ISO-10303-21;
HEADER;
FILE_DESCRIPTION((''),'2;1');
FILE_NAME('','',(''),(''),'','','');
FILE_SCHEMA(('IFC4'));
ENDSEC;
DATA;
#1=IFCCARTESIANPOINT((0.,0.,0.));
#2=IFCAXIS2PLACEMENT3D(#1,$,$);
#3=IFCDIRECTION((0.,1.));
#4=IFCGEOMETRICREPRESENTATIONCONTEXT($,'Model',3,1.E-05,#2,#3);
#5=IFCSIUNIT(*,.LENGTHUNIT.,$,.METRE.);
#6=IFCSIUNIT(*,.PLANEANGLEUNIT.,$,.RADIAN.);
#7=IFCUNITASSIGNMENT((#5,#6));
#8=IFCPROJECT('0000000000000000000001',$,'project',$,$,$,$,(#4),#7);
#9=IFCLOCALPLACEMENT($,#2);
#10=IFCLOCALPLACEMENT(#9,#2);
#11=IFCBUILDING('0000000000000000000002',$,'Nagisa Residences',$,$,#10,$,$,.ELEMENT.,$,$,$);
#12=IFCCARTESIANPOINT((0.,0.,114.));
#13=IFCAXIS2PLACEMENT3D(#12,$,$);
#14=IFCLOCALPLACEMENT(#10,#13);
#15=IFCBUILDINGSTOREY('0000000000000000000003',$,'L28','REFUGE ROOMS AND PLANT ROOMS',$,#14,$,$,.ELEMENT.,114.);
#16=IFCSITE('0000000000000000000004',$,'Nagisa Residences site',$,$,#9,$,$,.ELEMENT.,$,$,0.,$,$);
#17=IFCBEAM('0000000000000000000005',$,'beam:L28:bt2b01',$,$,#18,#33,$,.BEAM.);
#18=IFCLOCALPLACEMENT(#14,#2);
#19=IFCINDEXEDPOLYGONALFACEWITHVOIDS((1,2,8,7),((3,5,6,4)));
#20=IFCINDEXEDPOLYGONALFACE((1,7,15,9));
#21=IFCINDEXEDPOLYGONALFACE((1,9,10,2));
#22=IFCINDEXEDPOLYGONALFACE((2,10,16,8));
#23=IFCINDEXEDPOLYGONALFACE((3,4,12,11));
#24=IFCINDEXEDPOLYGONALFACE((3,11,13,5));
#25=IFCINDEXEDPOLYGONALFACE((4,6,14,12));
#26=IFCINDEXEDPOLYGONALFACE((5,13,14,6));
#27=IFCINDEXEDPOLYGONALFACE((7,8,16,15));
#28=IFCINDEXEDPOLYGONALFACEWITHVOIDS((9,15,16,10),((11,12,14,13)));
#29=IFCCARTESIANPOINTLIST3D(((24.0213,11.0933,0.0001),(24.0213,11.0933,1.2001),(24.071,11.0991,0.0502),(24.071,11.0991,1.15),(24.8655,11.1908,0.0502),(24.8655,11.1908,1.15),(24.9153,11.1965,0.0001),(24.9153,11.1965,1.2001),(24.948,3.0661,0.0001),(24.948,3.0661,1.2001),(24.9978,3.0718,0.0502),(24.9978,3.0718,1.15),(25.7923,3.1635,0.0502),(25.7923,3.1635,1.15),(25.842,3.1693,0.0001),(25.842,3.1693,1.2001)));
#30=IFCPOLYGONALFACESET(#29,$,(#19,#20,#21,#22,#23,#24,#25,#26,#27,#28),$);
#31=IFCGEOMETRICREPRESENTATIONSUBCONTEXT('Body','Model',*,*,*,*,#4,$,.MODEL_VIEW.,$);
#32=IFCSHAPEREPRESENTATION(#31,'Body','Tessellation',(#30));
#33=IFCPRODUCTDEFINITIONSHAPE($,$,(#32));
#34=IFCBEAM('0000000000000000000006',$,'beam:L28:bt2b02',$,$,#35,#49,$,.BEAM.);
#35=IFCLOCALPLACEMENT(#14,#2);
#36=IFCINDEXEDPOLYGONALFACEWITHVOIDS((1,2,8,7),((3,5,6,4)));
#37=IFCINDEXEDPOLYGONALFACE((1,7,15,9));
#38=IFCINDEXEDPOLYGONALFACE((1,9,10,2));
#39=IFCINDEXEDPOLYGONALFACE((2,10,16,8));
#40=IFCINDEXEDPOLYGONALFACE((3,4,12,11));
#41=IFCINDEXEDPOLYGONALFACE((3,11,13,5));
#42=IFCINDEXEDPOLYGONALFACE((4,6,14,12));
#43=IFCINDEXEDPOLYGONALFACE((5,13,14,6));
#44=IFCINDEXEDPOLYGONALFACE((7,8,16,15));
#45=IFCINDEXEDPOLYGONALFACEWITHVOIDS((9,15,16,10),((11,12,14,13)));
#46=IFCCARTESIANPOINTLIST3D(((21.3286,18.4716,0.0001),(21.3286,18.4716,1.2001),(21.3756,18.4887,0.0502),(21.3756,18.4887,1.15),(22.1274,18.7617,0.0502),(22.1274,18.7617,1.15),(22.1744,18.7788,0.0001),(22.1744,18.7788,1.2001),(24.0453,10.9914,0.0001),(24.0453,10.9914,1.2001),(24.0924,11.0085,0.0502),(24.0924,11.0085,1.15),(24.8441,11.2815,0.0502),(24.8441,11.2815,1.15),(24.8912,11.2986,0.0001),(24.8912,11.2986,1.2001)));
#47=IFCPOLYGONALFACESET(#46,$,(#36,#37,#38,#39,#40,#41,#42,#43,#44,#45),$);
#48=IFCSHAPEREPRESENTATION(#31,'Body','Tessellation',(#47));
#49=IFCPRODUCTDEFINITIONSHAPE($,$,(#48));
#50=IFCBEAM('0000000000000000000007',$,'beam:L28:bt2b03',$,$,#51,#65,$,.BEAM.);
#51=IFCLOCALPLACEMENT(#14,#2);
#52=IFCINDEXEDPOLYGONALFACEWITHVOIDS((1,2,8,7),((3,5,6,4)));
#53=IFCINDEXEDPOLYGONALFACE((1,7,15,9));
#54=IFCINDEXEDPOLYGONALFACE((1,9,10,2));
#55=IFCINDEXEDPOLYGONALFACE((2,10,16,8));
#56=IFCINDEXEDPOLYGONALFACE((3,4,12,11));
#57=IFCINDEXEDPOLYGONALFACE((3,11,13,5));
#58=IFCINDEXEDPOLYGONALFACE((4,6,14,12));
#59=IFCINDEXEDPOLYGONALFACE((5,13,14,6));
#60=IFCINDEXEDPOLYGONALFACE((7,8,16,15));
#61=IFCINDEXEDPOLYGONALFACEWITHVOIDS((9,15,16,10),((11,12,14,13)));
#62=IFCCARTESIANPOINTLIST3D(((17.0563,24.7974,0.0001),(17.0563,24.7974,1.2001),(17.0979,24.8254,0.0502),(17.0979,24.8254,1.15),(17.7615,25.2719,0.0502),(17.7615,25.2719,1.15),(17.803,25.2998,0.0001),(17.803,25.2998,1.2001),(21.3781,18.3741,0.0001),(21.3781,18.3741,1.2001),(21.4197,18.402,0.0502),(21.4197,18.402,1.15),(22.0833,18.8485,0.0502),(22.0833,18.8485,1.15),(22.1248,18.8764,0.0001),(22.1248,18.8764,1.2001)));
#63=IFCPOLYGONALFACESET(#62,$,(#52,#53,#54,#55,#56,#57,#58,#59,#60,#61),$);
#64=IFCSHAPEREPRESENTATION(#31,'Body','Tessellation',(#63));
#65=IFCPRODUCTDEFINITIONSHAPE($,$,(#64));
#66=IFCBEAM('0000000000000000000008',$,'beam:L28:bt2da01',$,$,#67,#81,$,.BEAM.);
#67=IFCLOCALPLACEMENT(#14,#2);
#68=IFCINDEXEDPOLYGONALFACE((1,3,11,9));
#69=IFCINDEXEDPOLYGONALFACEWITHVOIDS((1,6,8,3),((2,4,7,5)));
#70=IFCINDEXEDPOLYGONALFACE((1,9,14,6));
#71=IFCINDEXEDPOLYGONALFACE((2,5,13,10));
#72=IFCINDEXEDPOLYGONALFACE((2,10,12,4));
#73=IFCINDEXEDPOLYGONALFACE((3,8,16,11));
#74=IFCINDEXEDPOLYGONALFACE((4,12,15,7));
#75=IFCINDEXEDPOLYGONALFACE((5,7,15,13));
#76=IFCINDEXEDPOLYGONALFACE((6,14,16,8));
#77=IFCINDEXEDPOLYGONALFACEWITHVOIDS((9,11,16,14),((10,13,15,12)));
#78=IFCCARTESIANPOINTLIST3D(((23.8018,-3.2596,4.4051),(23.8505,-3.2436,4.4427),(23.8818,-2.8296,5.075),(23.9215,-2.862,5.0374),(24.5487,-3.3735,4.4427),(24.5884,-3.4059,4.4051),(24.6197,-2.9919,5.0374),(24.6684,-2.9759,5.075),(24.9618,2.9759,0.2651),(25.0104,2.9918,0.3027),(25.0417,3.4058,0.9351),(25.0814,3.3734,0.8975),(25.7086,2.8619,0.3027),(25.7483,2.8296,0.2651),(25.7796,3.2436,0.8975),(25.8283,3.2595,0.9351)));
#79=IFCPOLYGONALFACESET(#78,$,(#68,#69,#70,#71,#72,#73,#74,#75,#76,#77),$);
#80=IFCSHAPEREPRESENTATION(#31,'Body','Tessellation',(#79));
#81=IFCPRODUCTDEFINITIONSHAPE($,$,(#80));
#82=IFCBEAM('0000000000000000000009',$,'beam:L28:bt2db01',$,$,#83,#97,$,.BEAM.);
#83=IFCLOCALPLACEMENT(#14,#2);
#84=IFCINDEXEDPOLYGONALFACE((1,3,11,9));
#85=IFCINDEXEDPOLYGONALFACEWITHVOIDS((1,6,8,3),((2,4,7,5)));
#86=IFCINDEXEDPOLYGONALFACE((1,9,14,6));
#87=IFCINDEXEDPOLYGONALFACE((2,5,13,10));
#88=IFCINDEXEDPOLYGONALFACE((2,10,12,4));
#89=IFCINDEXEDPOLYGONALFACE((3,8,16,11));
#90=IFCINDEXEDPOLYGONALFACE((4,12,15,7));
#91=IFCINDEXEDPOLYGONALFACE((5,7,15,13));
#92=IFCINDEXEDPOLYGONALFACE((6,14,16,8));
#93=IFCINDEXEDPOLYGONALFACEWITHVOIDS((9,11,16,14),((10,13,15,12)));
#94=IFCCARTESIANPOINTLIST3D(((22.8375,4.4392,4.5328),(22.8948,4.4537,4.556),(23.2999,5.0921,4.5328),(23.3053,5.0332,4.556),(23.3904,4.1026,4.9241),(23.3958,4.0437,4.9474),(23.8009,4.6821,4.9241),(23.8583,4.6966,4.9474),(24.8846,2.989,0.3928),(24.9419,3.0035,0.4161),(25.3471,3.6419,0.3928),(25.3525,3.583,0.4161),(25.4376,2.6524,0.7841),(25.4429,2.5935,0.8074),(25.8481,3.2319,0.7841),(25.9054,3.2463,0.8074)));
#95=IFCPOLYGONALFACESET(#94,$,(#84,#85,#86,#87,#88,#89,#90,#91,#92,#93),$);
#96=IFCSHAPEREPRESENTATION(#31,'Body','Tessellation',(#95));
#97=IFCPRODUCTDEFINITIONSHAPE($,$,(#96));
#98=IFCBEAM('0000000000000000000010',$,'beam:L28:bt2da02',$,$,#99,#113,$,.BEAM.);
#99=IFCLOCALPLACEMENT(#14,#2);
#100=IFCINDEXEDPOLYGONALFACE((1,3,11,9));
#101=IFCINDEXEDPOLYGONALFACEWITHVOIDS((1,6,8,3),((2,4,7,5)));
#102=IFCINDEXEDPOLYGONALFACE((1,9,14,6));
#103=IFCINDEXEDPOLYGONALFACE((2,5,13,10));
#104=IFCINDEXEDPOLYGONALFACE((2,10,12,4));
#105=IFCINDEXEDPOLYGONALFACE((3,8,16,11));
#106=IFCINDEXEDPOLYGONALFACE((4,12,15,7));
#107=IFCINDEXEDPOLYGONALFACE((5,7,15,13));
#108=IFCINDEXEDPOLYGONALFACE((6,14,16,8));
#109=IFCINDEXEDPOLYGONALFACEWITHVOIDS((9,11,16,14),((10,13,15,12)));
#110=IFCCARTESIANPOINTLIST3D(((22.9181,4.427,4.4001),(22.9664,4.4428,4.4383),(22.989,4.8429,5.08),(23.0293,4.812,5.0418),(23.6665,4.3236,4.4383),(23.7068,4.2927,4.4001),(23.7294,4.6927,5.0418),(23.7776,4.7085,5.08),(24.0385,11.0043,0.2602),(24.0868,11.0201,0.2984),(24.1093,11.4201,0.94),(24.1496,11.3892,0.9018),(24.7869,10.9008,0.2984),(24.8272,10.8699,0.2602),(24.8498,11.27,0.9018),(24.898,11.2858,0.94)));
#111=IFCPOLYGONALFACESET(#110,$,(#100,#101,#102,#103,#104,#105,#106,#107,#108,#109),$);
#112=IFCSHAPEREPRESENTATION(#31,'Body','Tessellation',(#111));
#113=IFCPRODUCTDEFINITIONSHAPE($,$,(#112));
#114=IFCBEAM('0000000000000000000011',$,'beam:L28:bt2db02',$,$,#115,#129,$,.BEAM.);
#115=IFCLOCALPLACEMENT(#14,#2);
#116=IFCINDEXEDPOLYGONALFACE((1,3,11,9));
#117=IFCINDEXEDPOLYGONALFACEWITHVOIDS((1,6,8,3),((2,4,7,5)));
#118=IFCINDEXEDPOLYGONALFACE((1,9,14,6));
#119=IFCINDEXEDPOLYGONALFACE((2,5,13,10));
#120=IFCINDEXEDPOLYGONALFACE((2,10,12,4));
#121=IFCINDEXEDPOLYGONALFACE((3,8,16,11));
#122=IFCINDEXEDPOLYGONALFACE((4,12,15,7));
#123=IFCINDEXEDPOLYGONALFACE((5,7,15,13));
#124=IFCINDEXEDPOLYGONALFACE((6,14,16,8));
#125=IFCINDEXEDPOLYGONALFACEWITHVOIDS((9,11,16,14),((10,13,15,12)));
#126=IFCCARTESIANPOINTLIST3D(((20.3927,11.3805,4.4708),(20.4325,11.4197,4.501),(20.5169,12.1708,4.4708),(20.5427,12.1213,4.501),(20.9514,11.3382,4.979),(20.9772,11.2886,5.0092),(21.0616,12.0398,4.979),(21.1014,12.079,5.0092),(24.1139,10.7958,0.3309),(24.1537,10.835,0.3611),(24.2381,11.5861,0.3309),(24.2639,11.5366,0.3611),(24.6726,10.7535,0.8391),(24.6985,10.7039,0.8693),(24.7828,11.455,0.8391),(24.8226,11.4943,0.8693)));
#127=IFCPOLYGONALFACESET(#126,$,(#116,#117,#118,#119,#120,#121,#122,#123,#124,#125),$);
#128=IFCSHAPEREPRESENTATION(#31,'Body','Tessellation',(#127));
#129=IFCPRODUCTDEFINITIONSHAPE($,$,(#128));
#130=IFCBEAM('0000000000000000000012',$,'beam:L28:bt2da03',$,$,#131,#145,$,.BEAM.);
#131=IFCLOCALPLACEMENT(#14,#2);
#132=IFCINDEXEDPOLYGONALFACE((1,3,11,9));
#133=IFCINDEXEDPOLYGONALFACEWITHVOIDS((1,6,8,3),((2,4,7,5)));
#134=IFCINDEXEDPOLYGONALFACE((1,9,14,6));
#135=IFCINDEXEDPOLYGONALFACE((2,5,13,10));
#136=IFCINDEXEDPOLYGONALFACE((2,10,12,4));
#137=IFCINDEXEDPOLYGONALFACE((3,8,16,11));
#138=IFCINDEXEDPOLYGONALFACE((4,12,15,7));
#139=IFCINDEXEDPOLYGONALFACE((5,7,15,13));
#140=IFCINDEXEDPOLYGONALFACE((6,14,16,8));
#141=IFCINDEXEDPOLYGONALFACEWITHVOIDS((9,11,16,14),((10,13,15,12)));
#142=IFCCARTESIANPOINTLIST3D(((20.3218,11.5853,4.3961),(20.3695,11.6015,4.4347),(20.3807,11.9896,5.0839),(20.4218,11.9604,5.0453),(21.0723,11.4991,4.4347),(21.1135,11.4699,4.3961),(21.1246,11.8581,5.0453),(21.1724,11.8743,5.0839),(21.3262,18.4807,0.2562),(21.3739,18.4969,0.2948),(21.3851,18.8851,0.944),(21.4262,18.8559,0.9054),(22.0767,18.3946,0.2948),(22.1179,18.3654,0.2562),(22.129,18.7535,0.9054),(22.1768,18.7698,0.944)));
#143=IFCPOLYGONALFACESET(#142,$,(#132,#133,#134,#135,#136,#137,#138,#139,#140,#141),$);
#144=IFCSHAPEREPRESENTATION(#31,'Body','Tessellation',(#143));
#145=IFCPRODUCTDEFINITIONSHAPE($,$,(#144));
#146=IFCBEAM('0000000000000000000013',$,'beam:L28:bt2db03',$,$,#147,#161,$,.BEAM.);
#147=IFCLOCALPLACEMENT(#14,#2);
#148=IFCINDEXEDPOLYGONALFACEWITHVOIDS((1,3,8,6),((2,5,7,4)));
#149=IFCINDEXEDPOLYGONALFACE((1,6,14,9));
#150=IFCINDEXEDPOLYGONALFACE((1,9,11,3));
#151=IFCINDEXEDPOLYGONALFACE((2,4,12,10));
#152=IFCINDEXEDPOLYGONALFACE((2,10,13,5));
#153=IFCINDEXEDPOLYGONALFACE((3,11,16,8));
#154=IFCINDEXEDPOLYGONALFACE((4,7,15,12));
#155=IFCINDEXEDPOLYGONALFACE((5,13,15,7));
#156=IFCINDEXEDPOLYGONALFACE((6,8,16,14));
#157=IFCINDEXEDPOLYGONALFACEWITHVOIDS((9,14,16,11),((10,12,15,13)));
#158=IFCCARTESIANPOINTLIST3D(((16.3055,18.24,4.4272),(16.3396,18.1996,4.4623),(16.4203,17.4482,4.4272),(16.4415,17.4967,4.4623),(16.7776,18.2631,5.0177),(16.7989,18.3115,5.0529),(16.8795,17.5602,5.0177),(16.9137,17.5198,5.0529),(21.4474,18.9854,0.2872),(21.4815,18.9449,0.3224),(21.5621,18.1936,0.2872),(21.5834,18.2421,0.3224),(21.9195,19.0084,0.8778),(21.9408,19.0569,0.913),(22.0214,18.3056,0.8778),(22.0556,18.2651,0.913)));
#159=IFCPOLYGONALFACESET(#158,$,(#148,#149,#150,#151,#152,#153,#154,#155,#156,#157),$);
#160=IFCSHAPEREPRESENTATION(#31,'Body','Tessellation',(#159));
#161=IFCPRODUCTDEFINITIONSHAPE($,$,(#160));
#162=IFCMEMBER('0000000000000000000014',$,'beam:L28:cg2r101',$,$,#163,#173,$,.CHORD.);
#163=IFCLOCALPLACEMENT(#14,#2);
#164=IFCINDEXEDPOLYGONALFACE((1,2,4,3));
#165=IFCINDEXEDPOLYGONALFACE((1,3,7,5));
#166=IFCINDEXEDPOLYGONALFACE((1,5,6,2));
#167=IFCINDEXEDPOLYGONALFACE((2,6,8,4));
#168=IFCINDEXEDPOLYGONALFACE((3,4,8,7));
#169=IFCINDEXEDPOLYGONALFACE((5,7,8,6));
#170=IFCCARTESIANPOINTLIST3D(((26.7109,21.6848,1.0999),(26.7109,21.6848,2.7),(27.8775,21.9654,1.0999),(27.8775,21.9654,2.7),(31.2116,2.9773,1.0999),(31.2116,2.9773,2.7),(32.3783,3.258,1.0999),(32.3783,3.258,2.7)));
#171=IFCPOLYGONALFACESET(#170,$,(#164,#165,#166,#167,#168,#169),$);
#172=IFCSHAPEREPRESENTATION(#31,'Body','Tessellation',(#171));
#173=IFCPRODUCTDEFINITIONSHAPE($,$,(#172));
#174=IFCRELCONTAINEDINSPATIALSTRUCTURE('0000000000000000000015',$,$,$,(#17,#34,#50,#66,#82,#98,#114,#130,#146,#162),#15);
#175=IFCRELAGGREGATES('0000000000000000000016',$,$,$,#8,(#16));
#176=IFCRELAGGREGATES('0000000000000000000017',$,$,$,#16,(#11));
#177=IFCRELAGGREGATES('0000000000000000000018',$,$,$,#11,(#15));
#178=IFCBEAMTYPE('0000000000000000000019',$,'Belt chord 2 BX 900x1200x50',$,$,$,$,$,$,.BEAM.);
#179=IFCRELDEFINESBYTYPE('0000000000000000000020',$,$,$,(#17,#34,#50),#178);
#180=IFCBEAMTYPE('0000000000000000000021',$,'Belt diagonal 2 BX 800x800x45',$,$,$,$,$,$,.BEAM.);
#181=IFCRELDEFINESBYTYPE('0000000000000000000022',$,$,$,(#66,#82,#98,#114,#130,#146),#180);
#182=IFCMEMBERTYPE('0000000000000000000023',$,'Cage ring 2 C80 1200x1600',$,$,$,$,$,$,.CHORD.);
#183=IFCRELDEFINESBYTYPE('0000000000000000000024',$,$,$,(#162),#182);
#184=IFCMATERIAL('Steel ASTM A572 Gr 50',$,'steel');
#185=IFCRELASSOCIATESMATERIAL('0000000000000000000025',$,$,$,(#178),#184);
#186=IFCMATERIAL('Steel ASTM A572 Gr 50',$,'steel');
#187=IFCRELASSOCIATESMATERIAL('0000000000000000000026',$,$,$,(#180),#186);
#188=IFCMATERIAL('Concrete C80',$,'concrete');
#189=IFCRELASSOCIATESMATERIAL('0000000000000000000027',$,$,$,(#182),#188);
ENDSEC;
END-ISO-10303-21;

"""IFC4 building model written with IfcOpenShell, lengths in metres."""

from ifc_helpers import new_model, si_unit, direction, frame, origin, origin_2d, place, context, subcontext, project, spatial, rectangle, hollow_rectangle, extrude, material, material_profile, profile_set, type_object, element, save


model = new_model("IFC4")

# Units and contexts
model_context = context("Model", 3, precision=1e-05, world=origin(), true_north=direction((0.0, 1.0)))
body_context = subcontext(model_context, "Body", "Model", "MODEL_VIEW")
ifc_project = project(units=[si_unit("LENGTHUNIT", "METRE"), si_unit("PLANEANGLEUNIT", "RADIAN")], contexts=[model_context])

# Site, building, storey
site_placement = place(None, origin())
site = spatial("IfcSite", under=ifc_project, at=site_placement, Name="Nagisa Residences site", CompositionType="ELEMENT", RefElevation=0.0)
building_placement = place(site_placement, origin())
building = spatial("IfcBuilding", under=site, at=building_placement, Name="Nagisa Residences", CompositionType="ELEMENT")
storey_placement = place(building_placement, frame((0.0, 0.0, 114.0)))
storey = spatial("IfcBuildingStorey", under=building, at=storey_placement, Name="L28", Description="REFUGE ROOMS AND PLANT ROOMS", CompositionType="ELEMENT", Elevation=114.0)

# Beams
ifc_material_1 = material(Name="Steel ASTM A572 Gr 50", Category="steel")
ifc_material_profile_1 = material_profile(ifc_material_1, hollow_rectangle(XDim=0.8999, YDim=1.2, WallThickness=0.05, at=origin_2d()), Name="BX 900x1200x50")
ifc_profile_set_1 = profile_set([ifc_material_profile_1], Name="Steel ASTM A572 Gr 50")
beam_type_1 = type_object("IfcBeamType", Name="Belt chord 2 BX 900x1200x50", PredefinedType="BEAM", material=ifc_profile_set_1)
beam_1_placement = place(storey_placement, frame((25.395, 3.1177, 0.6001), z_axis=(-0.114688, 0.993402, 0.0), x_axis=(-0.993402, -0.114688, 0.0)))
element("IfcBeam", 1, at=beam_1_placement, inside=storey, type_object=beam_type_1, Name="beam:L28:bt2b01", PredefinedType="BEAM", context=body_context, shape_type="SweptSolid", body=[
    extrude(hollow_rectangle(XDim=0.8999, YDim=1.2, WallThickness=0.05, at=origin_2d()), origin(), (0.0, 0.0, 1.0), 8.0806),
])
beam_2_placement = place(storey_placement, frame((24.4683, 11.145, 0.6001), z_axis=(-0.341378, 0.939926, 0.0), x_axis=(-0.939926, -0.341378, 0.0)))
element("IfcBeam", 2, at=beam_2_placement, inside=storey, type_object=beam_type_1, Name="beam:L28:bt2b02", PredefinedType="BEAM", context=body_context, shape_type="SweptSolid", body=[
    extrude(hollow_rectangle(XDim=0.8999, YDim=1.2, WallThickness=0.05, at=origin_2d()), origin(), (0.0, 0.0, 1.0), 7.9583),
])
beam_3_placement = place(storey_placement, frame((21.7515, 18.6252, 0.6001), z_axis=(-0.558232, 0.829685, 0.0), x_axis=(-0.829685, -0.558232, 0.0)))
element("IfcBeam", 3, at=beam_3_placement, inside=storey, type_object=beam_type_1, Name="beam:L28:bt2b03", PredefinedType="BEAM", context=body_context, shape_type="SweptSolid", body=[
    extrude(hollow_rectangle(XDim=0.8999, YDim=1.2, WallThickness=0.05, at=origin_2d()), origin(), (0.0, 0.0, 1.0), 7.7419),
])
ifc_material_2 = material(Name="Steel ASTM A572 Gr 50", Category="steel")
ifc_material_profile_2 = material_profile(ifc_material_2, hollow_rectangle(XDim=0.8, YDim=0.8, WallThickness=0.0449, at=origin_2d()), Name="BX 800x800x45")
ifc_profile_set_2 = profile_set([ifc_material_profile_2], Name="Steel ASTM A572 Gr 50")
beam_type_2 = type_object("IfcBeamType", Name="Belt diagonal 2 BX 800x800x45", PredefinedType="BEAM", material=ifc_profile_set_2)
beam_4_placement = place(storey_placement, frame((25.395, 3.1177, 0.6001), z_axis=(-0.153146, -0.82327, 0.546601), x_axis=(0.983134, -0.182885, 0.0)))
element("IfcBeam", 4, at=beam_4_placement, inside=storey, type_object=beam_type_2, Name="beam:L28:bt2da01", PredefinedType="BEAM", context=body_context, shape_type="SweptSolid", body=[
    extrude(hollow_rectangle(XDim=0.8, YDim=0.8, WallThickness=0.0449, at=origin_2d()), origin(), (0.0, 0.0, 1.0), 7.574),
])
beam_5_placement = place(storey_placement, frame((25.395, 3.1177, 0.6001), z_axis=(-0.422896, 0.299583, 0.855224), x_axis=(-0.578058, -0.815996, 0.0)))
element("IfcBeam", 5, at=beam_5_placement, inside=storey, type_object=beam_type_2, Name="beam:L28:bt2db01", PredefinedType="BEAM", context=body_context, shape_type="SweptSolid", body=[
    extrude(hollow_rectangle(XDim=0.8, YDim=0.8, WallThickness=0.0449, at=origin_2d()), origin(), (0.0, 0.0, 1.0), 4.8408),
])
beam_6_placement = place(storey_placement, frame((24.4683, 11.145, 0.6001), z_axis=(-0.142686, -0.837647, 0.527245), x_axis=(0.9858, -0.167923, 0.0)))
element("IfcBeam", 6, at=beam_6_placement, inside=storey, type_object=beam_type_2, Name="beam:L28:bt2da02", PredefinedType="BEAM", context=body_context, shape_type="SweptSolid", body=[
    extrude(hollow_rectangle(XDim=0.8, YDim=0.8, WallThickness=0.0449, at=origin_2d()), origin(), (0.0, 0.0, 1.0), 7.8521),
])
beam_7_placement = place(storey_placement, frame((24.4683, 11.145, 0.6001), z_axis=(-0.664839, 0.104467, 0.739646), x_axis=(-0.155227, -0.987879, 0.0)))
element("IfcBeam", 7, at=beam_7_placement, inside=storey, type_object=beam_type_2, Name="beam:L28:bt2db02", PredefinedType="BEAM", context=body_context, shape_type="SweptSolid", body=[
    extrude(hollow_rectangle(XDim=0.8, YDim=0.8, WallThickness=0.0449, at=origin_2d()), origin(), (0.0, 0.0, 1.0), 5.5972),
])
beam_8_placement = place(storey_placement, frame((21.7515, 18.6252, 0.6001), z_axis=(-0.123919, -0.850743, 0.510765), x_axis=(0.989558, -0.144138, 0.0)))
element("IfcBeam", 8, at=beam_8_placement, inside=storey, type_object=beam_type_2, Name="beam:L28:bt2da03", PredefinedType="BEAM", context=body_context, shape_type="SweptSolid", body=[
    extrude(hollow_rectangle(XDim=0.8, YDim=0.8, WallThickness=0.0449, at=origin_2d()), origin(), (0.0, 0.0, 1.0), 8.1052),
])
beam_9_placement = place(storey_placement, frame((21.7515, 18.6252, 0.6001), z_axis=(-0.773995, -0.112198, 0.623172), x_axis=(0.14346, -0.989656, 0.0)))
element("IfcBeam", 9, at=beam_9_placement, inside=storey, type_object=beam_type_2, Name="beam:L28:bt2db03", PredefinedType="BEAM", context=body_context, shape_type="SweptSolid", body=[
    extrude(hollow_rectangle(XDim=0.8, YDim=0.8, WallThickness=0.0449, at=origin_2d()), origin(), (0.0, 0.0, 1.0), 6.6433),
])

# Member
ifc_material_3 = material(Name="Concrete C80", Category="concrete")
ifc_material_profile_3 = material_profile(ifc_material_3, rectangle(XDim=1.2, YDim=1.6001, at=origin_2d()), Name="C80 1200x1600")
ifc_profile_set_3 = profile_set([ifc_material_profile_3], Name="Concrete C80")
member_type_1 = type_object("IfcMemberType", Name="Cage ring 2 C80 1200x1600", PredefinedType="CHORD", material=ifc_profile_set_3)
member_1_placement = place(storey_placement, frame((31.7949, 3.1177, 1.8999), z_axis=(-0.23391, 0.972258, 0.0), x_axis=(-0.972258, -0.23391, 0.0)))
element("IfcMember", 10, at=member_1_placement, inside=storey, type_object=member_type_1, Name="beam:L28:cg2r101", PredefinedType="CHORD", context=body_context, shape_type="SweptSolid", body=[
    extrude(rectangle(XDim=1.2, YDim=1.6001, at=origin_2d()), origin(), (0.0, 0.0, 1.0), 19.2412),
])

save(model, "model.ifc")
